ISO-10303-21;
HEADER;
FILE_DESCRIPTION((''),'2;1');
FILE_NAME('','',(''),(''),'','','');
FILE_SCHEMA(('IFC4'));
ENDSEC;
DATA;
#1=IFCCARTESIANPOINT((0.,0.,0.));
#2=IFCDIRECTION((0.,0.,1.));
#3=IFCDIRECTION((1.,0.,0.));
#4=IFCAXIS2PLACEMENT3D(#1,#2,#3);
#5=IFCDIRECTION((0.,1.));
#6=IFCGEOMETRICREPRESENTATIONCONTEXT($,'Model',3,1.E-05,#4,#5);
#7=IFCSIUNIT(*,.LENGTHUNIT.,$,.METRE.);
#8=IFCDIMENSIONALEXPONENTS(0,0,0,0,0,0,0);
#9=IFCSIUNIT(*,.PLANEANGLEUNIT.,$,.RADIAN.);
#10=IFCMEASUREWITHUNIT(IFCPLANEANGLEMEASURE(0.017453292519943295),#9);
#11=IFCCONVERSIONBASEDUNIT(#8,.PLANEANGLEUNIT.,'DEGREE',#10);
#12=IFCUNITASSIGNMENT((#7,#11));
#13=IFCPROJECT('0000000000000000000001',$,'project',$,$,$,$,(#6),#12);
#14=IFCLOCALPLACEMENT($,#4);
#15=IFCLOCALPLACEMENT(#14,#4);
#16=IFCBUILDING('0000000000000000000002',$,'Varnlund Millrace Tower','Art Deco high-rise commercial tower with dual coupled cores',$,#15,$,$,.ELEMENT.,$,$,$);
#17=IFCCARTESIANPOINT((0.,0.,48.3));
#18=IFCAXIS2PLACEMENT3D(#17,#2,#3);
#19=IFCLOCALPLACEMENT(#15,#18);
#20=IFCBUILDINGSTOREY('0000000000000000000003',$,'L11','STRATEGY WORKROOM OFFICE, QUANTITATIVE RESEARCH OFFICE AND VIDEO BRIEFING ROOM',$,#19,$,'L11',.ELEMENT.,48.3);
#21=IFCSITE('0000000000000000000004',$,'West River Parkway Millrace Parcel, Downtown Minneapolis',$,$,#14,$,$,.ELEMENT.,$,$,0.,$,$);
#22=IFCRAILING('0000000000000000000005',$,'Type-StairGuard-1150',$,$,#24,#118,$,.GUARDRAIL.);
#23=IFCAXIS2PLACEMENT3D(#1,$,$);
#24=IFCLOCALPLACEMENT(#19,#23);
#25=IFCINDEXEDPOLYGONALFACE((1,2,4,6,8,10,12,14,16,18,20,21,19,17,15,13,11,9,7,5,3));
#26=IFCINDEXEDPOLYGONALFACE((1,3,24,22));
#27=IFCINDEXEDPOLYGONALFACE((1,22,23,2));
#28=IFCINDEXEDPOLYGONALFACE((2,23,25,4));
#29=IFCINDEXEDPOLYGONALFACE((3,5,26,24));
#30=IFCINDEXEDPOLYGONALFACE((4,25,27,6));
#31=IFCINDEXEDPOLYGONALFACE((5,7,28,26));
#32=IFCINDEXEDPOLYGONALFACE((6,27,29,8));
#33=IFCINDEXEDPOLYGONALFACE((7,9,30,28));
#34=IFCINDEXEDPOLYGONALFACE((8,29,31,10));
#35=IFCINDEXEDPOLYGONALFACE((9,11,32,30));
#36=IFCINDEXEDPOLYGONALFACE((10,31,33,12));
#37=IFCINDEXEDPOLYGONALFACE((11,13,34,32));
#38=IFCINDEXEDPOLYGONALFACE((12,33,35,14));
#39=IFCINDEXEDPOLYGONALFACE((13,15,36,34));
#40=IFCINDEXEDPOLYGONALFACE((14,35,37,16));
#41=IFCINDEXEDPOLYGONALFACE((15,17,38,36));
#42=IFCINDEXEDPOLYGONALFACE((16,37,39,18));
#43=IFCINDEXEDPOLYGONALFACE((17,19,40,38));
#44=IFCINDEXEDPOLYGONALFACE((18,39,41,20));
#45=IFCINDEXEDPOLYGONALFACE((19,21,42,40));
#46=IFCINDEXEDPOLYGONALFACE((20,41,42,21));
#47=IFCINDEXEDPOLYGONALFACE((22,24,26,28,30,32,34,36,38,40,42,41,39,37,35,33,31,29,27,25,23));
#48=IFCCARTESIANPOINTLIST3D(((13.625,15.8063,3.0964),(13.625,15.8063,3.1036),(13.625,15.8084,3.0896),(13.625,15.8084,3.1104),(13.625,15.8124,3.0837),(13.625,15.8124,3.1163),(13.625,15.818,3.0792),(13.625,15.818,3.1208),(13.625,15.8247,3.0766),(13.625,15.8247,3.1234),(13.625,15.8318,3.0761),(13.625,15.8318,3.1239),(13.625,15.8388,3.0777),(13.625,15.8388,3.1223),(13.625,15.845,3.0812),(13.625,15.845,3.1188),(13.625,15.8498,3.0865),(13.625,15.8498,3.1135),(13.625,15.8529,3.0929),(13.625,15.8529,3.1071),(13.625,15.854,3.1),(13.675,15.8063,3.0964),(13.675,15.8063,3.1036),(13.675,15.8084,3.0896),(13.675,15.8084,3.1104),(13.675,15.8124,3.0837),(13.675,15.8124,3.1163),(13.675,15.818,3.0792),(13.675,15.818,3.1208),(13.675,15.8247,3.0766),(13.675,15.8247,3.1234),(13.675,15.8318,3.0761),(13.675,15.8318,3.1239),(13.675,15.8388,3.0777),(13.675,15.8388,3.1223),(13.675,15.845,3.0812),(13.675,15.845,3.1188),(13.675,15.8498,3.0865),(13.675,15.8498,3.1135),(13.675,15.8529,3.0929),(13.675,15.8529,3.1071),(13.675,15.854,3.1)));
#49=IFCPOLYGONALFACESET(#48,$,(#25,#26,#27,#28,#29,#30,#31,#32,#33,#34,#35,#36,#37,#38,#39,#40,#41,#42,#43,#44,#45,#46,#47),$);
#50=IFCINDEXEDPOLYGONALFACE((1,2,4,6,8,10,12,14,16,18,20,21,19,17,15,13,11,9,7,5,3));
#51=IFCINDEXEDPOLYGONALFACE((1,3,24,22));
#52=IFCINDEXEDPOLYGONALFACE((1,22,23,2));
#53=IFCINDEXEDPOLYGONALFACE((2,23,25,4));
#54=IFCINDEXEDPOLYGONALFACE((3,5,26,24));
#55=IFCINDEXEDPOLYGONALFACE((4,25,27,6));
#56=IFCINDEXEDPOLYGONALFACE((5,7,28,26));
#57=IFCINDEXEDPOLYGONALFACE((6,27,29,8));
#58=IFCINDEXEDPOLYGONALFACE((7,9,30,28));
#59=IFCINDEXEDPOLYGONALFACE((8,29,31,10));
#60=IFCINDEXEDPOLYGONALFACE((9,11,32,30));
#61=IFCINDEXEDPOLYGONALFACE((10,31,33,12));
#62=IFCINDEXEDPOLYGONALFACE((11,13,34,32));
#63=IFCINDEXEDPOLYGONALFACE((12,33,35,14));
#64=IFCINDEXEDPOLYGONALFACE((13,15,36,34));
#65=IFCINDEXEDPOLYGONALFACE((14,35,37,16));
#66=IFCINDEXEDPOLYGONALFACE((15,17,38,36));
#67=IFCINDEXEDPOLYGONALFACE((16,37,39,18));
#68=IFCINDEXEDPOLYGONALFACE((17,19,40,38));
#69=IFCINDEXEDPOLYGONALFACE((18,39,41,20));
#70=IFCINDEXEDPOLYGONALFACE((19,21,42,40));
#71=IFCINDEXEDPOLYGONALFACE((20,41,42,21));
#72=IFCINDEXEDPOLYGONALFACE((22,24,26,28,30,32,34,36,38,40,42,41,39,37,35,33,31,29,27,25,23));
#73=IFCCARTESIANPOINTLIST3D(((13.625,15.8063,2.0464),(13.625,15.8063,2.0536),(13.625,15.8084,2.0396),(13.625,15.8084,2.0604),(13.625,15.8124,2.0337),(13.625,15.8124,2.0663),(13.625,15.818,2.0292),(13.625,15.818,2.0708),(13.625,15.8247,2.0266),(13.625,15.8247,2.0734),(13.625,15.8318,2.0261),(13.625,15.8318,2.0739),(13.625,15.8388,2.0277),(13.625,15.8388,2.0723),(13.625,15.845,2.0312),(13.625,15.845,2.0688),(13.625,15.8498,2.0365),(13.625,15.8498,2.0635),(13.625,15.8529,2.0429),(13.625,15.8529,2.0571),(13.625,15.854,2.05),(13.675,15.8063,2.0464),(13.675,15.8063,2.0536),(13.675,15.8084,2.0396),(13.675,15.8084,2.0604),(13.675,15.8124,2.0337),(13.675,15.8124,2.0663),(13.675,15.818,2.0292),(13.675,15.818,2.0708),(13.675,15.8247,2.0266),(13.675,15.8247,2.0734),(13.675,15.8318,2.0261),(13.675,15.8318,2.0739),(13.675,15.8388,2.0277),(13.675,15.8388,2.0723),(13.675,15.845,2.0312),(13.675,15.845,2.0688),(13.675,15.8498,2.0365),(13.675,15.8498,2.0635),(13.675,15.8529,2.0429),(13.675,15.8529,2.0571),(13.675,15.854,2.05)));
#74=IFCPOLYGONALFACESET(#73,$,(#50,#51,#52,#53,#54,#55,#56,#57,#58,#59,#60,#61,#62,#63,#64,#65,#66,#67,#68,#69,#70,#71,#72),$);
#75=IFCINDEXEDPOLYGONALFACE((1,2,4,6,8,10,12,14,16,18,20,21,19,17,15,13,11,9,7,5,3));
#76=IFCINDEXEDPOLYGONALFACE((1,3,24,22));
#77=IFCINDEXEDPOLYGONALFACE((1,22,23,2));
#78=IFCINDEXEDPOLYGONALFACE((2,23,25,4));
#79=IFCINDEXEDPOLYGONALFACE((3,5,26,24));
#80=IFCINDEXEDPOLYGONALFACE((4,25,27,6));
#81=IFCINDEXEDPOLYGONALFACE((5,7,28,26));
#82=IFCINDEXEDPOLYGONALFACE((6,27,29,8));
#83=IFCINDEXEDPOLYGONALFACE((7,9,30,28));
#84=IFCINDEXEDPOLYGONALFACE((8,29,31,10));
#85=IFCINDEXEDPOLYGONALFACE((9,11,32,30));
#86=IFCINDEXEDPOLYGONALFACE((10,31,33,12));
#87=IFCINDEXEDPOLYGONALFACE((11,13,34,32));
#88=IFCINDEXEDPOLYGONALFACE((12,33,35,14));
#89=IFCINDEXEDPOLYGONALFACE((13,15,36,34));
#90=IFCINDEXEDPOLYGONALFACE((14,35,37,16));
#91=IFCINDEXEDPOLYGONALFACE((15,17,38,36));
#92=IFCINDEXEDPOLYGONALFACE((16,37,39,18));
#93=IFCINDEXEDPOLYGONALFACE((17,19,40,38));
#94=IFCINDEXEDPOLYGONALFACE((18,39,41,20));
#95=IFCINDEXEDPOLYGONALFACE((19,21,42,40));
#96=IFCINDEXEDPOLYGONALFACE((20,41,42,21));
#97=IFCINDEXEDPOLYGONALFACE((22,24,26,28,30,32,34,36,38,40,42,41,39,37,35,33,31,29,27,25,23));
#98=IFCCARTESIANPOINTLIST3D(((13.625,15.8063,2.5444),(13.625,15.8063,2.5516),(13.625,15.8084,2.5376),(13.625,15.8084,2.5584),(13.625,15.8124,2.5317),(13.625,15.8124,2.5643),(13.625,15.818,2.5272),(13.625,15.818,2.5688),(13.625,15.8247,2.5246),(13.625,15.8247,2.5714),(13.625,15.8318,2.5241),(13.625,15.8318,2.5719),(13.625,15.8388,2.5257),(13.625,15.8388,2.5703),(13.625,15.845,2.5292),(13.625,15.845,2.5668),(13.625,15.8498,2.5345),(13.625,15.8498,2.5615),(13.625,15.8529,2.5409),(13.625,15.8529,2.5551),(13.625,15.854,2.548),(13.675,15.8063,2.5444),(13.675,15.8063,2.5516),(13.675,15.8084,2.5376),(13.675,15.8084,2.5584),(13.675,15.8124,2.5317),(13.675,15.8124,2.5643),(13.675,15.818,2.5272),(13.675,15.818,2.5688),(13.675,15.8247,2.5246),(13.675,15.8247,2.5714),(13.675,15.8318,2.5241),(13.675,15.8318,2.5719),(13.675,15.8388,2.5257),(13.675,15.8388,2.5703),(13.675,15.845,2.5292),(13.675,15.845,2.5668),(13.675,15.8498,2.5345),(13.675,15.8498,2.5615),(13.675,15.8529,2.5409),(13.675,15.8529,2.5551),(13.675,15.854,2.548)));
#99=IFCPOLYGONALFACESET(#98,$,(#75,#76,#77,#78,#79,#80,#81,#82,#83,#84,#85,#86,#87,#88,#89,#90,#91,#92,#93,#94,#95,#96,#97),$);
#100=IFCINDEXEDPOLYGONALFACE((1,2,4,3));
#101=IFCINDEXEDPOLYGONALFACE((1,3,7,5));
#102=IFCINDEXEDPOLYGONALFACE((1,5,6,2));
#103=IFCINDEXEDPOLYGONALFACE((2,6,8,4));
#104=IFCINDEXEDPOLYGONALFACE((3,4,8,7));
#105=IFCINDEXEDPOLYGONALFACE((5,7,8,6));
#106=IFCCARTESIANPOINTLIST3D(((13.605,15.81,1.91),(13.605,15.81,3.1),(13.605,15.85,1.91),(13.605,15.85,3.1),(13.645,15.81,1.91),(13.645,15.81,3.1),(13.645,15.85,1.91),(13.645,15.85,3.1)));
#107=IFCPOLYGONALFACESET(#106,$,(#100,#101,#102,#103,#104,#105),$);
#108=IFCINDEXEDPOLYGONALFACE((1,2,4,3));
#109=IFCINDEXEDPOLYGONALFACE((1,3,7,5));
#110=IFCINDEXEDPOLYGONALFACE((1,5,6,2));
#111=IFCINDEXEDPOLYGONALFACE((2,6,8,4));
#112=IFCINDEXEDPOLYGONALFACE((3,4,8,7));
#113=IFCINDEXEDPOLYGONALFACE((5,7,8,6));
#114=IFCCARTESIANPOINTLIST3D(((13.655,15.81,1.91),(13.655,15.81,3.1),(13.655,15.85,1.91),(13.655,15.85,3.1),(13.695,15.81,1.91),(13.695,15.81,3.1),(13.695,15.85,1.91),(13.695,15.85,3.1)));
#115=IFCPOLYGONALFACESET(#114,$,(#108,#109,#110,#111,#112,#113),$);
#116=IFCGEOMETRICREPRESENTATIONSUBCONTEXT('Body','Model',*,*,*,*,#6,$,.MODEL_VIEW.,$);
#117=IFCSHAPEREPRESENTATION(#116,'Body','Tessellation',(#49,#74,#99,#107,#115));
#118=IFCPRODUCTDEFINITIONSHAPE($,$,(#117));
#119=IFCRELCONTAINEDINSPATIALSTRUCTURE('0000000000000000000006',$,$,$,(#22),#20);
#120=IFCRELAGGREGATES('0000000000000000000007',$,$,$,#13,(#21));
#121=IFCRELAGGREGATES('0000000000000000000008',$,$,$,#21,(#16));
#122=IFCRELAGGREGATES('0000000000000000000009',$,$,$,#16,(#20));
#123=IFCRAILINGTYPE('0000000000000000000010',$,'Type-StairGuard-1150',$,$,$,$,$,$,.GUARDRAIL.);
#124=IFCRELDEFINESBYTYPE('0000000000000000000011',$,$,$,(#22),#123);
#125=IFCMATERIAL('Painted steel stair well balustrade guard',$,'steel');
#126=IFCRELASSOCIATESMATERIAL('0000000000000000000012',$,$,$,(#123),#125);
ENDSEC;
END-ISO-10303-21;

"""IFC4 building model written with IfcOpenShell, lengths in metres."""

from ifc_helpers import new_model, entity, si_unit, converted_unit, direction, frame, origin_with_axes, origin_2d_with_axis, place, context, subcontext, project, spatial, rectangle, circle, extrude, material, type_object, element, save


model = new_model("IFC4")

# Units and contexts
model_context = context("Model", 3, precision=1e-05, world=origin_with_axes(), true_north=direction((0.0, 1.0)))
body_context = subcontext(model_context, "Body", "Model", "MODEL_VIEW")
ifc_project = project(units=[si_unit("LENGTHUNIT", "METRE"), converted_unit("PLANEANGLEUNIT", "DEGREE", entity("IfcPlaneAngleMeasure", 0.017453292519943295), si_unit("PLANEANGLEUNIT", "RADIAN"), dimensions=[0, 0, 0, 0, 0, 0, 0])], contexts=[model_context])

# Site, building, storey
site_placement = place(None, origin_with_axes())
site = spatial("IfcSite", under=ifc_project, at=site_placement, Name="West River Parkway Millrace Parcel, Downtown Minneapolis", CompositionType="ELEMENT", RefElevation=0.0)
building_placement = place(site_placement, origin_with_axes())
building = spatial("IfcBuilding", under=site, at=building_placement, Name="Varnlund Millrace Tower", Description="Art Deco high-rise commercial tower with dual coupled cores", CompositionType="ELEMENT")
storey_placement = place(building_placement, frame((0.0, 0.0, 48.3), z_axis=(0.0, 0.0, 1.0), x_axis=(1.0, 0.0, 0.0)))
storey = spatial("IfcBuildingStorey", under=building, at=storey_placement, Name="L11", Description="STRATEGY WORKROOM OFFICE, QUANTITATIVE RESEARCH OFFICE AND VIDEO BRIEFING ROOM", LongName="L11", CompositionType="ELEMENT", Elevation=48.3)

# Railing
ifc_material_1 = material(Name="Painted steel stair well balustrade guard", Category="steel")
railing_type_1 = type_object("IfcRailingType", Name="Type-StairGuard-1150", PredefinedType="GUARDRAIL", material=ifc_material_1)
railing_1_placement = place(storey_placement, frame((0.0, 0.0, -48.3), z_axis=(0.0, 0.0, 1.0), x_axis=(1.0, 0.0, 0.0)))
element("IfcRailing", 1, at=railing_1_placement, inside=storey, type_object=railing_type_1, Name="Type-StairGuard-1150", PredefinedType="GUARDRAIL", context=body_context, shape_type="SweptSolid", body=[
    extrude(circle(Radius=0.024, at=origin_2d_with_axis()), frame((13.625, 15.83, 51.4), z_axis=(1.0, 0.0, 0.0), x_axis=(0.0, 1.0, 0.0)), (0.0, 0.0, 1.0), 0.05),
    extrude(circle(Radius=0.024, at=origin_2d_with_axis()), frame((13.625, 15.83, 50.35), z_axis=(1.0, 0.0, 0.0), x_axis=(0.0, 1.0, 0.0)), (0.0, 0.0, 1.0), 0.05),
    extrude(circle(Radius=0.024, at=origin_2d_with_axis()), frame((13.625, 15.83, 50.848), z_axis=(1.0, 0.0, 0.0), x_axis=(0.0, 1.0, 0.0)), (0.0, 0.0, 1.0), 0.05),
    extrude(rectangle(XDim=0.04, YDim=0.04, at=origin_2d_with_axis()), frame((13.625, 15.83, 50.21), z_axis=(0.0, 0.0, 1.0), x_axis=(1.0, 0.0, 0.0)), (0.0, 0.0, 1.0), 1.19),
    extrude(rectangle(XDim=0.04, YDim=0.04, at=origin_2d_with_axis()), frame((13.675, 15.83, 50.21), z_axis=(0.0, 0.0, 1.0), x_axis=(1.0, 0.0, 0.0)), (0.0, 0.0, 1.0), 1.19),
])

save(model, "model.ifc")
